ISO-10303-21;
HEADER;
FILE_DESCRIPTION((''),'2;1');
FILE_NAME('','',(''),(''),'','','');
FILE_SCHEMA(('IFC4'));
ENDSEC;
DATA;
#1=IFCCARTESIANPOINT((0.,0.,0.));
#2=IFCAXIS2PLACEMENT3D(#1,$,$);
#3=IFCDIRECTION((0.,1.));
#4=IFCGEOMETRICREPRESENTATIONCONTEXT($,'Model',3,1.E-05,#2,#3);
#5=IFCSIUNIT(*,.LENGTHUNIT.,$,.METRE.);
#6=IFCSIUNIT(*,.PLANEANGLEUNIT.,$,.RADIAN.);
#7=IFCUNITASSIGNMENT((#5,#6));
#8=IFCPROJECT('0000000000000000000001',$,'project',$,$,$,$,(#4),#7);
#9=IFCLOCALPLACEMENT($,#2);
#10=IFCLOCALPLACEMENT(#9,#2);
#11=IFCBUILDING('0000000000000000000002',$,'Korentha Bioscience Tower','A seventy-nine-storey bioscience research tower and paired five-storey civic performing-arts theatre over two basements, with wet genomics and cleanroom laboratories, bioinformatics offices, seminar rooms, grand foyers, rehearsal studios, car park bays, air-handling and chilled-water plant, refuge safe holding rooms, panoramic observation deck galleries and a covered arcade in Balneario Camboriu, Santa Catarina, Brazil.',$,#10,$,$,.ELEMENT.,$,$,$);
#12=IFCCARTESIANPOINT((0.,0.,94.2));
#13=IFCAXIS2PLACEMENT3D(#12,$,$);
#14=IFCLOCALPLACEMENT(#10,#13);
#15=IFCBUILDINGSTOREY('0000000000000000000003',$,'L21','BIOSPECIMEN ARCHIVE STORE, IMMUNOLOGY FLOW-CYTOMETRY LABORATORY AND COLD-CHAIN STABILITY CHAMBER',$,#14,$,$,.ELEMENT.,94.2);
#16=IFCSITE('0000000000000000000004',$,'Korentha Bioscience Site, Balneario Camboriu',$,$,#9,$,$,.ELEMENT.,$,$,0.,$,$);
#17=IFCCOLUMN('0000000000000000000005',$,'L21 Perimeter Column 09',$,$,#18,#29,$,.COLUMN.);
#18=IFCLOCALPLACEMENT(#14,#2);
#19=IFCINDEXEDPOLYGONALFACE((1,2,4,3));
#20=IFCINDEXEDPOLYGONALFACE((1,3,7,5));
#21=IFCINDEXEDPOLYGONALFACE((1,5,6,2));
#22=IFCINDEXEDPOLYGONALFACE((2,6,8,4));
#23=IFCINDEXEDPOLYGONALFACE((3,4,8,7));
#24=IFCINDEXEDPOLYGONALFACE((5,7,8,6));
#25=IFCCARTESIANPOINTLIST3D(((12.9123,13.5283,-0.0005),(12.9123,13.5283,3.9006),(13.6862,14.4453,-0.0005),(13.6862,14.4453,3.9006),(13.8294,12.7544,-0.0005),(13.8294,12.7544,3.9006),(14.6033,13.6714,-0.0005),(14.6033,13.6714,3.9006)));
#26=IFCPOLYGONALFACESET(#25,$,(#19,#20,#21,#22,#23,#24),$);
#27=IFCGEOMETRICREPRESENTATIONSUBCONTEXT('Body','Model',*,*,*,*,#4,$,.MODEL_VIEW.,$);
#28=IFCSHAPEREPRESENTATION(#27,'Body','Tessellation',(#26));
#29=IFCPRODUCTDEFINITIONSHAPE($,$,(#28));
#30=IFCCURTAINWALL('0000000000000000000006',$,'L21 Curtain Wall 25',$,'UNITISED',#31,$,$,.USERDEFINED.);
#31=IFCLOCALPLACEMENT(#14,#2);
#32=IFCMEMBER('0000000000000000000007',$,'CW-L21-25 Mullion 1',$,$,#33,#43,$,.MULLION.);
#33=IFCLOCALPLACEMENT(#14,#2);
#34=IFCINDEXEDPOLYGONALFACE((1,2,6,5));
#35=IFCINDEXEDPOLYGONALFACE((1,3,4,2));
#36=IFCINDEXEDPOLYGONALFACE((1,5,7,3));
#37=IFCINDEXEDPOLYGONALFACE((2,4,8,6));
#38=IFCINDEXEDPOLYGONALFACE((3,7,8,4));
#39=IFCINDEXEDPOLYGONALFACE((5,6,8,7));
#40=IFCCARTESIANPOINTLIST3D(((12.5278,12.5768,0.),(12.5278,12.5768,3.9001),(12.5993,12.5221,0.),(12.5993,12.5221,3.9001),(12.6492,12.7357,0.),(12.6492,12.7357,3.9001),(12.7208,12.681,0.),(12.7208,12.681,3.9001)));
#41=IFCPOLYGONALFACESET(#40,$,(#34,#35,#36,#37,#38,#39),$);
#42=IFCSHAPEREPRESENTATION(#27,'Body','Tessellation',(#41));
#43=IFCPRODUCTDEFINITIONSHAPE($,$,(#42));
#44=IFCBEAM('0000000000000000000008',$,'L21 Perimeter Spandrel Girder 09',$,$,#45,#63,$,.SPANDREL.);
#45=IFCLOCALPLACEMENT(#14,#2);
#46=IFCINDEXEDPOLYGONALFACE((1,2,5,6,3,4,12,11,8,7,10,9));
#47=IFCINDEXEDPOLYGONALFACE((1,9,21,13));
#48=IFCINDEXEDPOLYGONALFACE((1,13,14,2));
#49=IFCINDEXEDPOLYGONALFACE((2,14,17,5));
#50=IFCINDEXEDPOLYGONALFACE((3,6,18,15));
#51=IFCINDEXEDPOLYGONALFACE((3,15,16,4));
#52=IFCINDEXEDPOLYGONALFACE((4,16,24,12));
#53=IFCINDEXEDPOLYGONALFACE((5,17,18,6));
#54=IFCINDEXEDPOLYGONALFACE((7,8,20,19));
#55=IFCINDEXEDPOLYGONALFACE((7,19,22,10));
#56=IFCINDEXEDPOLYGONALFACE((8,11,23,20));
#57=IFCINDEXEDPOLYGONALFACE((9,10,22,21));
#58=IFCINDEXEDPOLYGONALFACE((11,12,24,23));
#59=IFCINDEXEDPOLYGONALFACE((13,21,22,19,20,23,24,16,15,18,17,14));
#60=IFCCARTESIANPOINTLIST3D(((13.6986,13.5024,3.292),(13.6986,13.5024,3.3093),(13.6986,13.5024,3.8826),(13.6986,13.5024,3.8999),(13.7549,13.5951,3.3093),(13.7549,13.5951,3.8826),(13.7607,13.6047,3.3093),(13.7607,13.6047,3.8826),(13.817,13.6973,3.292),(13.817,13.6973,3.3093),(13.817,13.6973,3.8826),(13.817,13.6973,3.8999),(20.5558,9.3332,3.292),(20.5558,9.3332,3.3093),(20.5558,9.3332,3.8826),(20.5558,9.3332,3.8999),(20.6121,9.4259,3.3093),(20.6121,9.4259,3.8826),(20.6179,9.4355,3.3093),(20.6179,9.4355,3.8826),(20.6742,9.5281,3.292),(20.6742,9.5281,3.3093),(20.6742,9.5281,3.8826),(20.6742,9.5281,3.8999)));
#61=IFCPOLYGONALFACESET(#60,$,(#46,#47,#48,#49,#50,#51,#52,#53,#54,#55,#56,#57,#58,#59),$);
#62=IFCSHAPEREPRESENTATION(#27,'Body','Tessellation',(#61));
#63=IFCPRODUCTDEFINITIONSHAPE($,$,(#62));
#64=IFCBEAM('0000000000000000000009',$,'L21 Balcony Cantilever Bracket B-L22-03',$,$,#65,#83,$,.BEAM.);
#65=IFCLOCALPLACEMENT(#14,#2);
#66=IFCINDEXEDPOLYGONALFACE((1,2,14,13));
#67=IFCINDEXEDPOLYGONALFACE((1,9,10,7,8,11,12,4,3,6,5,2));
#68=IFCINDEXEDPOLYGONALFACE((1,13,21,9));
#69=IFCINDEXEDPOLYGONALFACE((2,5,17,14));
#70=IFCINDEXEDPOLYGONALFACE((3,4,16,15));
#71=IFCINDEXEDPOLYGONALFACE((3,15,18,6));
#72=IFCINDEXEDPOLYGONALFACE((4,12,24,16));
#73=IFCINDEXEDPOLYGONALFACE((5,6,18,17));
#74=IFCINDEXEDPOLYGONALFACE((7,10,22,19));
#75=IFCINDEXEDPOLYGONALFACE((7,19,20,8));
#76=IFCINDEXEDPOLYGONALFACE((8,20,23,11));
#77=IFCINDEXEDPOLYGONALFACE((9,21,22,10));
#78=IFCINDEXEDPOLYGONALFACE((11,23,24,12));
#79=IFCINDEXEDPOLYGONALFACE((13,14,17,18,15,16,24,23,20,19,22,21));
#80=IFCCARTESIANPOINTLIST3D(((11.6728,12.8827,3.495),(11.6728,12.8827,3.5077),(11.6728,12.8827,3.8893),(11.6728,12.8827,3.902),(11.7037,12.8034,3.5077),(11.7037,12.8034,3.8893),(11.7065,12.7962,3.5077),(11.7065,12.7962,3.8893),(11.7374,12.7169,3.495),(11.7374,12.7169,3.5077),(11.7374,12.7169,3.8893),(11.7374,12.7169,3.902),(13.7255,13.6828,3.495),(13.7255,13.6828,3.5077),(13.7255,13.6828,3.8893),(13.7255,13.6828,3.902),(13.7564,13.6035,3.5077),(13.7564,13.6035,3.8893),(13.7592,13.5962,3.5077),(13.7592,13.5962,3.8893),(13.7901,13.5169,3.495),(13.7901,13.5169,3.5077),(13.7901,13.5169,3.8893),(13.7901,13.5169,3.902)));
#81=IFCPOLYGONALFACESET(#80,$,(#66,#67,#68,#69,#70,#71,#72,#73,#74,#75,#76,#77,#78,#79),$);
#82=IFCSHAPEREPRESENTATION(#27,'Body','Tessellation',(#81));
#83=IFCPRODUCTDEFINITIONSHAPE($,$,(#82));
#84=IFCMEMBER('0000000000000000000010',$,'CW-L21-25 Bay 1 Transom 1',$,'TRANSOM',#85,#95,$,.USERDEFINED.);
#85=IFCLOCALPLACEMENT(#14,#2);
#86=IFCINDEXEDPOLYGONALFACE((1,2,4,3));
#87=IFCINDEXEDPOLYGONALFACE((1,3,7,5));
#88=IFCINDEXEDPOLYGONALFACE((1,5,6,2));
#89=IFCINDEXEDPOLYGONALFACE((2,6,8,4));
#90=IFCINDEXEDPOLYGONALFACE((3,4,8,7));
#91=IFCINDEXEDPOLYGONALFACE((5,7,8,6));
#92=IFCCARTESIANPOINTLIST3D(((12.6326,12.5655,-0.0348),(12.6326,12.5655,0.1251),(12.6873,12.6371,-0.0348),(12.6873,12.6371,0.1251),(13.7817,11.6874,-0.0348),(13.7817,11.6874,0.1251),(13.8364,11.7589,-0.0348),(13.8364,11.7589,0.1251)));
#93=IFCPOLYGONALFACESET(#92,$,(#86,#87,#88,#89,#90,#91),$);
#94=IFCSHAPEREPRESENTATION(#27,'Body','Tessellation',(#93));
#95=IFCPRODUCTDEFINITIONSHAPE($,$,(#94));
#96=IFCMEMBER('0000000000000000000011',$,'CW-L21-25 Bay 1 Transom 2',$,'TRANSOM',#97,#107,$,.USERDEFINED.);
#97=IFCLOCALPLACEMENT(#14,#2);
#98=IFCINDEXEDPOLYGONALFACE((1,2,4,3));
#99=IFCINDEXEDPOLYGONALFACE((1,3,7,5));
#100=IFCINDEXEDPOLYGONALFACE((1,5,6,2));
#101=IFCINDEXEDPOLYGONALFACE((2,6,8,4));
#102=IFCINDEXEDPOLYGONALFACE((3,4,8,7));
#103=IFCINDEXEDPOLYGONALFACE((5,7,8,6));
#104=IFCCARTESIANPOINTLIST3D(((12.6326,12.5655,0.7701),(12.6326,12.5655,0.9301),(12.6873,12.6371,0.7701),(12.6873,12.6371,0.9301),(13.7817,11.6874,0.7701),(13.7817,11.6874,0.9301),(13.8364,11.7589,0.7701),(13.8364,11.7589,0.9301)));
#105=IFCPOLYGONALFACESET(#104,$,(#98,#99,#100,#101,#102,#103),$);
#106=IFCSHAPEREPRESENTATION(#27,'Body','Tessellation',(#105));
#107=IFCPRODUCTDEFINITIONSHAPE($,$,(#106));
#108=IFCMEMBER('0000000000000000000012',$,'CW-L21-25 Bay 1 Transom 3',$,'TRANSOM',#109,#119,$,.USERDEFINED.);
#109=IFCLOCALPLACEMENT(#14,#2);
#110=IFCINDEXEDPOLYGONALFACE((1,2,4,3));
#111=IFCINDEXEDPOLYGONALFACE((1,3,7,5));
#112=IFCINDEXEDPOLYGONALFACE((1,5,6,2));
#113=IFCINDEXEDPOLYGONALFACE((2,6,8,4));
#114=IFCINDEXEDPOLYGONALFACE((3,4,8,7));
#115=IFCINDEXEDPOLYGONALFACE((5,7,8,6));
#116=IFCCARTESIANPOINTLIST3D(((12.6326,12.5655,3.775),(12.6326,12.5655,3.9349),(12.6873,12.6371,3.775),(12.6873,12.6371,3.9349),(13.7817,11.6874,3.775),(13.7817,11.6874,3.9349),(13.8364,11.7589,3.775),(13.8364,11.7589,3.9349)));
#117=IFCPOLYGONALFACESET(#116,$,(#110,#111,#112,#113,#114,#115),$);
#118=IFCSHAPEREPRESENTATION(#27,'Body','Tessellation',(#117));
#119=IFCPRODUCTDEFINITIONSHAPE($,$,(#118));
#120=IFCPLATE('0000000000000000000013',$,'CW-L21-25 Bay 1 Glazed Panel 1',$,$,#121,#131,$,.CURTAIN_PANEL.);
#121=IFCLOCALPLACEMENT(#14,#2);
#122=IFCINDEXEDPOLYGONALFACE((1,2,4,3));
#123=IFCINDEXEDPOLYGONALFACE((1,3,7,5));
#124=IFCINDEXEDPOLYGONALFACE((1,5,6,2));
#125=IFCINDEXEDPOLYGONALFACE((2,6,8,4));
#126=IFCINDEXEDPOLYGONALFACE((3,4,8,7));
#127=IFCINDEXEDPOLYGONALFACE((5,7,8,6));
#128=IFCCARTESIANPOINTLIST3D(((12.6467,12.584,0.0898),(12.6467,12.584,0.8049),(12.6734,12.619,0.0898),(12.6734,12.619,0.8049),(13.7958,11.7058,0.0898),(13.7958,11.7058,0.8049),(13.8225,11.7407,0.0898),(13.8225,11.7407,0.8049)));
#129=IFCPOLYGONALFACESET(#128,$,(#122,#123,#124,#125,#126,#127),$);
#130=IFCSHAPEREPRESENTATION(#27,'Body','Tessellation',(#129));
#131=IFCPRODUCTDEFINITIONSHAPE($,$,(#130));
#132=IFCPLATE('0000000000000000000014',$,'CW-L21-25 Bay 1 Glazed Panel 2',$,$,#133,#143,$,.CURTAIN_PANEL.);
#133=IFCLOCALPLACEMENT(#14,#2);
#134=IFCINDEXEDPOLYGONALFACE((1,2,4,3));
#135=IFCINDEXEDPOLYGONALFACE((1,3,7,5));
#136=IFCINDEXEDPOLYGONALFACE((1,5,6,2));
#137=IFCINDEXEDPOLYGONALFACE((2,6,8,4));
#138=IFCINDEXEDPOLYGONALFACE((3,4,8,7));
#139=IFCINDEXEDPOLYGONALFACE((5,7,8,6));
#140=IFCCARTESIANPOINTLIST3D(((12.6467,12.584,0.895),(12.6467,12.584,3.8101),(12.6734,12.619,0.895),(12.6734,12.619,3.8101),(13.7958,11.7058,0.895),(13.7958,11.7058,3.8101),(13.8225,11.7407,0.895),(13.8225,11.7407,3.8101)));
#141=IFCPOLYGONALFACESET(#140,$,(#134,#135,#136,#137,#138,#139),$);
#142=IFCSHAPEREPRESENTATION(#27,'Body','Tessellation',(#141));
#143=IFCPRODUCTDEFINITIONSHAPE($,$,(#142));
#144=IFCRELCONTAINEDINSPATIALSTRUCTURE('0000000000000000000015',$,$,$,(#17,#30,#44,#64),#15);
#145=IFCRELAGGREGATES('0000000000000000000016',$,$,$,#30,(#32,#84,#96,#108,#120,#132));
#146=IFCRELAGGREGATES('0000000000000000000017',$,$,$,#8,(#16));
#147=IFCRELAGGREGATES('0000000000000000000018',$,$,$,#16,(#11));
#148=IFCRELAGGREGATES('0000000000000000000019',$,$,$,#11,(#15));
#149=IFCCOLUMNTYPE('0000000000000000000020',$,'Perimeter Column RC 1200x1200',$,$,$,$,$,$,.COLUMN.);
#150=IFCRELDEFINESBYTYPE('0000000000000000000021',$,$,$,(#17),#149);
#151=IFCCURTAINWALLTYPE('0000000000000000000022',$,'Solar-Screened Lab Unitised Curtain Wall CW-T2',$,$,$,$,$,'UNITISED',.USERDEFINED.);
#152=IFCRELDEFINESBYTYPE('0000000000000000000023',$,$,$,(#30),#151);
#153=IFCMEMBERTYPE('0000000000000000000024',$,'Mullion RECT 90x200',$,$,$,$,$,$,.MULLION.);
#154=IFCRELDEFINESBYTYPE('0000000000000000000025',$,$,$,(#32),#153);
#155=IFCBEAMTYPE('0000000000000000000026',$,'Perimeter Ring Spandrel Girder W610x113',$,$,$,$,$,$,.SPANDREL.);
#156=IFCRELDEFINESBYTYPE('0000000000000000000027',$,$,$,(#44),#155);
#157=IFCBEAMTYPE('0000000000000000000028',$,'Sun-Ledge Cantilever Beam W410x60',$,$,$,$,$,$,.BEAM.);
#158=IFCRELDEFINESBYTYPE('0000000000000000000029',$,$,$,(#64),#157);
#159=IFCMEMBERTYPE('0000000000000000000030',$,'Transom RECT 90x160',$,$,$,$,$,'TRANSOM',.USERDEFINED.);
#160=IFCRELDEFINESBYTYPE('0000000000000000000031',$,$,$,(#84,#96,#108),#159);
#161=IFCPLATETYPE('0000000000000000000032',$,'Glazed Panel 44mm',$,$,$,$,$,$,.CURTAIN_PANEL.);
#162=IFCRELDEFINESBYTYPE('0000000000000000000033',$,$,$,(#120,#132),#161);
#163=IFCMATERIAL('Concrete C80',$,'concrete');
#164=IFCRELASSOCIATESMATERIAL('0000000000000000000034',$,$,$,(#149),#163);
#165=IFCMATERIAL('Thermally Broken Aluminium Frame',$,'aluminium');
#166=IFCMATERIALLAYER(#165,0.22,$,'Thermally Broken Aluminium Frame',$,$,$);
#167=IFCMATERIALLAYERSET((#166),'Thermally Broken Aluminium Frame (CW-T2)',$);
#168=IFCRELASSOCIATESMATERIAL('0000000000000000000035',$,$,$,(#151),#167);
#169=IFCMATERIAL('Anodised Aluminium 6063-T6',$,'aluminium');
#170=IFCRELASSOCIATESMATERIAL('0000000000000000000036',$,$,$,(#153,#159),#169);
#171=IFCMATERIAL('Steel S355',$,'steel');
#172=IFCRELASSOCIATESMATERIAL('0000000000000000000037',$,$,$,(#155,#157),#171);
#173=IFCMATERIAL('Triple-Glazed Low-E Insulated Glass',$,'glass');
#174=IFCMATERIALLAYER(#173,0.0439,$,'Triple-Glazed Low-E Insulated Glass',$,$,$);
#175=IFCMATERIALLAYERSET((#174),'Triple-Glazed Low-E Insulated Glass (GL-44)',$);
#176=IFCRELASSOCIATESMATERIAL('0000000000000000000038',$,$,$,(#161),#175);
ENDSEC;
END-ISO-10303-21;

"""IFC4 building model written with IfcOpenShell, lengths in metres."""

from ifc_helpers import new_model, si_unit, direction, frame, origin, origin_2d, place, context, subcontext, project, spatial, rectangle, i_section, extrude, material, layer, layer_set, material_profile, profile_set, type_object, element, aggregate, save


model = new_model("IFC4")

# Units and contexts
model_context = context("Model", 3, precision=1e-05, world=origin(), true_north=direction((0.0, 1.0)))
body_context = subcontext(model_context, "Body", "Model", "MODEL_VIEW")
ifc_project = project(units=[si_unit("LENGTHUNIT", "METRE"), si_unit("PLANEANGLEUNIT", "RADIAN")], contexts=[model_context])

# Site, building, storey
site_placement = place(None, origin())
site = spatial("IfcSite", under=ifc_project, at=site_placement, Name="Korentha Bioscience Site, Balneario Camboriu", CompositionType="ELEMENT", RefElevation=0.0)
building_placement = place(site_placement, origin())
building = spatial("IfcBuilding", under=site, at=building_placement, Name="Korentha Bioscience Tower", Description="A seventy-nine-storey bioscience research tower and paired five-storey civic performing-arts theatre over two basements, with wet genomics and cleanroom laboratories, bioinformatics offices, seminar rooms, grand foyers, rehearsal studios, car park bays, air-handling and chilled-water plant, refuge safe holding rooms, panoramic observation deck galleries and a covered arcade in Balneario Camboriu, Santa Catarina, Brazil.", CompositionType="ELEMENT")
storey_placement = place(building_placement, frame((0.0, 0.0, 94.2)))
storey = spatial("IfcBuildingStorey", under=building, at=storey_placement, Name="L21", Description="BIOSPECIMEN ARCHIVE STORE, IMMUNOLOGY FLOW-CYTOMETRY LABORATORY AND COLD-CHAIN STABILITY CHAMBER", CompositionType="ELEMENT", Elevation=94.2)

# Column
ifc_material_1 = material(Name="Concrete C80", Category="concrete")
ifc_material_profile_1 = material_profile(ifc_material_1, rectangle(XDim=1.2, YDim=1.2, at=origin_2d()), Name="Concrete C80")
ifc_profile_set_1 = profile_set([ifc_material_profile_1], Name="Concrete C80 (COL-P12)")
column_type = type_object("IfcColumnType", Name="Perimeter Column RC 1200x1200", PredefinedType="COLUMN", material=ifc_profile_set_1)
column_placement = place(storey_placement, frame((13.7578, 13.5999, -0.0005), z_axis=(0.0, 0.0, 1.0), x_axis=(-0.764246, 0.644924, 0.0)))
element("IfcColumn", 1, at=column_placement, inside=storey, type_object=column_type, Name="L21 Perimeter Column 09", PredefinedType="COLUMN", context=body_context, shape_type="SweptSolid", body=[
    extrude(rectangle(XDim=1.2, YDim=1.2, at=origin_2d()), origin(), (0.0, 0.0, 1.0), 3.9011),
])

# Curtain wall, member
ifc_material_2 = material(Name="Thermally Broken Aluminium Frame", Category="aluminium")
ifc_layer_1 = layer(ifc_material_2, 0.22, Name="Thermally Broken Aluminium Frame")
ifc_layer_set_1 = layer_set([ifc_layer_1], Name="Thermally Broken Aluminium Frame (CW-T2)")
curtain_wall_type = type_object("IfcCurtainWallType", Name="Solar-Screened Lab Unitised Curtain Wall CW-T2", ElementType="UNITISED", PredefinedType="USERDEFINED", material=ifc_layer_set_1)
curtain_wall_placement = place(storey_placement, origin())
curtain_wall = element("IfcCurtainWall", 2, at=curtain_wall_placement, inside=storey, type_object=curtain_wall_type, Name="L21 Curtain Wall 25", ObjectType="UNITISED", PredefinedType="USERDEFINED")
ifc_material_3 = material(Name="Anodised Aluminium 6063-T6", Category="aluminium")
ifc_material_profile_2 = material_profile(ifc_material_3, rectangle(XDim=0.0901, YDim=0.2, at=origin_2d()), Name="Anodised Aluminium 6063-T6")
ifc_profile_set_2 = profile_set([ifc_material_profile_2], Name="Anodised Aluminium 6063-T6 (CW-MUL)")
member_type_1 = type_object("IfcMemberType", Name="Mullion RECT 90x200", PredefinedType="MULLION", material=ifc_profile_set_2)
member_1_placement = place(storey_placement, frame((12.6243, 12.6289, 0.0), z_axis=(0.0, 0.0, 1.0), x_axis=(0.7945, -0.607265, 0.0)))
member_1 = element("IfcMember", 3, at=member_1_placement, type_object=member_type_1, Name="CW-L21-25 Mullion 1", PredefinedType="MULLION", context=body_context, shape_type="SweptSolid", body=[
    extrude(rectangle(XDim=0.0901, YDim=0.2, at=origin_2d()), origin(), (0.0, 0.0, 1.0), 3.9001),
])

# Beams
ifc_material_4 = material(Name="Steel S355", Category="steel")
ifc_material_profile_3 = material_profile(ifc_material_4, i_section(OverallWidth=0.228, OverallDepth=0.6079, WebThickness=0.0112, FlangeThickness=0.0173, at=origin_2d()), Name="Steel S355")
ifc_profile_set_3 = profile_set([ifc_material_profile_3], Name="Steel S355 (SB-610)")
beam_type_1 = type_object("IfcBeamType", Name="Perimeter Ring Spandrel Girder W610x113", PredefinedType="SPANDREL", material=ifc_profile_set_3)
beam_1_placement = place(storey_placement, frame((13.7578, 13.5999, 3.5959), z_axis=(0.854461, -0.519515, 0.0), x_axis=(0.519515, 0.854461, 0.0)))
element("IfcBeam", 4, at=beam_1_placement, inside=storey, type_object=beam_type_1, Name="L21 Perimeter Spandrel Girder 09", PredefinedType="SPANDREL", context=body_context, shape_type="SweptSolid", body=[
    extrude(i_section(OverallWidth=0.228, OverallDepth=0.6079, WebThickness=0.0112, FlangeThickness=0.0173, at=origin_2d()), origin(), (0.0, 0.0, 1.0), 8.0251),
])
ifc_material_profile_4 = material_profile(ifc_material_4, i_section(OverallWidth=0.178, OverallDepth=0.407, WebThickness=0.0078, FlangeThickness=0.0127, at=origin_2d()), Name="Steel S355")
ifc_profile_set_4 = profile_set([ifc_material_profile_4], Name="Steel S355 (CB-410)")
beam_type_2 = type_object("IfcBeamType", Name="Sun-Ledge Cantilever Beam W410x60", PredefinedType="BEAM", material=ifc_profile_set_4)
beam_2_placement = place(storey_placement, frame((13.7578, 13.5999, 3.6985), z_axis=(-0.931734, -0.363141, 0.0), x_axis=(0.363141, -0.931734, 0.0)))
element("IfcBeam", 5, at=beam_2_placement, inside=storey, type_object=beam_type_2, Name="L21 Balcony Cantilever Bracket B-L22-03", PredefinedType="BEAM", context=body_context, shape_type="SweptSolid", body=[
    extrude(i_section(OverallWidth=0.178, OverallDepth=0.407, WebThickness=0.0078, FlangeThickness=0.0127, at=origin_2d()), origin(), (0.0, 0.0, 1.0), 2.2031),
])

# Members
ifc_material_profile_5 = material_profile(ifc_material_3, rectangle(XDim=0.0901, YDim=0.1599, at=origin_2d()), Name="Anodised Aluminium 6063-T6")
ifc_profile_set_5 = profile_set([ifc_material_profile_5], Name="Anodised Aluminium 6063-T6 (CW-TRN)")
member_type_2 = type_object("IfcMemberType", Name="Transom RECT 90x160", ElementType="TRANSOM", PredefinedType="USERDEFINED", material=ifc_profile_set_5)
member_2_placement = place(storey_placement, frame((12.6599, 12.6013, 0.0452), z_axis=(0.794559, -0.607187, 0.0), x_axis=(0.607187, 0.794559, 0.0)))
member_2 = element("IfcMember", 6, at=member_2_placement, type_object=member_type_2, Name="CW-L21-25 Bay 1 Transom 1", ObjectType="TRANSOM", PredefinedType="USERDEFINED", context=body_context, shape_type="SweptSolid", body=[
    extrude(rectangle(XDim=0.0901, YDim=0.1599, at=origin_2d()), origin(), (0.0, 0.0, 1.0), 1.4463),
])
member_3_placement = place(storey_placement, frame((12.6599, 12.6013, 0.8501), z_axis=(0.794559, -0.607187, 0.0), x_axis=(0.607187, 0.794559, 0.0)))
member_3 = element("IfcMember", 7, at=member_3_placement, type_object=member_type_2, Name="CW-L21-25 Bay 1 Transom 2", ObjectType="TRANSOM", PredefinedType="USERDEFINED", context=body_context, shape_type="SweptSolid", body=[
    extrude(rectangle(XDim=0.0901, YDim=0.1599, at=origin_2d()), origin(), (0.0, 0.0, 1.0), 1.4463),
])
member_4_placement = place(storey_placement, frame((12.6599, 12.6013, 3.855), z_axis=(0.794559, -0.607187, 0.0), x_axis=(0.607187, 0.794559, 0.0)))
member_4 = element("IfcMember", 8, at=member_4_placement, type_object=member_type_2, Name="CW-L21-25 Bay 1 Transom 3", ObjectType="TRANSOM", PredefinedType="USERDEFINED", context=body_context, shape_type="SweptSolid", body=[
    extrude(rectangle(XDim=0.0901, YDim=0.1599, at=origin_2d()), origin(), (0.0, 0.0, 1.0), 1.4463),
])

# Plates
ifc_material_5 = material(Name="Triple-Glazed Low-E Insulated Glass", Category="glass")
ifc_layer_2 = layer(ifc_material_5, 0.0439, Name="Triple-Glazed Low-E Insulated Glass")
ifc_layer_set_2 = layer_set([ifc_layer_2], Name="Triple-Glazed Low-E Insulated Glass (GL-44)")
plate_type = type_object("IfcPlateType", Name="Glazed Panel 44mm", PredefinedType="CURTAIN_PANEL", material=ifc_layer_set_2)
plate_1_placement = place(storey_placement, frame((13.2346, 12.1624, 0.0898), z_axis=(0.0, 0.0, 1.0), x_axis=(0.7945, -0.607265, 0.0)))
plate_1 = element("IfcPlate", 9, at=plate_1_placement, type_object=plate_type, Name="CW-L21-25 Bay 1 Glazed Panel 1", PredefinedType="CURTAIN_PANEL", context=body_context, shape_type="SweptSolid", body=[
    extrude(rectangle(XDim=1.4463, YDim=0.0439, at=origin_2d()), origin(), (0.0, 0.0, 1.0), 0.7151),
])
plate_2_placement = place(storey_placement, frame((13.2346, 12.1624, 0.895), z_axis=(0.0, 0.0, 1.0), x_axis=(0.7945, -0.607265, 0.0)))
plate_2 = element("IfcPlate", 10, at=plate_2_placement, type_object=plate_type, Name="CW-L21-25 Bay 1 Glazed Panel 2", PredefinedType="CURTAIN_PANEL", context=body_context, shape_type="SweptSolid", body=[
    extrude(rectangle(XDim=1.4463, YDim=0.0439, at=origin_2d()), origin(), (0.0, 0.0, 1.0), 2.915),
])
aggregate(curtain_wall, [member_1, member_2, member_3, member_4, plate_1, plate_2])

save(model, "model.ifc")
